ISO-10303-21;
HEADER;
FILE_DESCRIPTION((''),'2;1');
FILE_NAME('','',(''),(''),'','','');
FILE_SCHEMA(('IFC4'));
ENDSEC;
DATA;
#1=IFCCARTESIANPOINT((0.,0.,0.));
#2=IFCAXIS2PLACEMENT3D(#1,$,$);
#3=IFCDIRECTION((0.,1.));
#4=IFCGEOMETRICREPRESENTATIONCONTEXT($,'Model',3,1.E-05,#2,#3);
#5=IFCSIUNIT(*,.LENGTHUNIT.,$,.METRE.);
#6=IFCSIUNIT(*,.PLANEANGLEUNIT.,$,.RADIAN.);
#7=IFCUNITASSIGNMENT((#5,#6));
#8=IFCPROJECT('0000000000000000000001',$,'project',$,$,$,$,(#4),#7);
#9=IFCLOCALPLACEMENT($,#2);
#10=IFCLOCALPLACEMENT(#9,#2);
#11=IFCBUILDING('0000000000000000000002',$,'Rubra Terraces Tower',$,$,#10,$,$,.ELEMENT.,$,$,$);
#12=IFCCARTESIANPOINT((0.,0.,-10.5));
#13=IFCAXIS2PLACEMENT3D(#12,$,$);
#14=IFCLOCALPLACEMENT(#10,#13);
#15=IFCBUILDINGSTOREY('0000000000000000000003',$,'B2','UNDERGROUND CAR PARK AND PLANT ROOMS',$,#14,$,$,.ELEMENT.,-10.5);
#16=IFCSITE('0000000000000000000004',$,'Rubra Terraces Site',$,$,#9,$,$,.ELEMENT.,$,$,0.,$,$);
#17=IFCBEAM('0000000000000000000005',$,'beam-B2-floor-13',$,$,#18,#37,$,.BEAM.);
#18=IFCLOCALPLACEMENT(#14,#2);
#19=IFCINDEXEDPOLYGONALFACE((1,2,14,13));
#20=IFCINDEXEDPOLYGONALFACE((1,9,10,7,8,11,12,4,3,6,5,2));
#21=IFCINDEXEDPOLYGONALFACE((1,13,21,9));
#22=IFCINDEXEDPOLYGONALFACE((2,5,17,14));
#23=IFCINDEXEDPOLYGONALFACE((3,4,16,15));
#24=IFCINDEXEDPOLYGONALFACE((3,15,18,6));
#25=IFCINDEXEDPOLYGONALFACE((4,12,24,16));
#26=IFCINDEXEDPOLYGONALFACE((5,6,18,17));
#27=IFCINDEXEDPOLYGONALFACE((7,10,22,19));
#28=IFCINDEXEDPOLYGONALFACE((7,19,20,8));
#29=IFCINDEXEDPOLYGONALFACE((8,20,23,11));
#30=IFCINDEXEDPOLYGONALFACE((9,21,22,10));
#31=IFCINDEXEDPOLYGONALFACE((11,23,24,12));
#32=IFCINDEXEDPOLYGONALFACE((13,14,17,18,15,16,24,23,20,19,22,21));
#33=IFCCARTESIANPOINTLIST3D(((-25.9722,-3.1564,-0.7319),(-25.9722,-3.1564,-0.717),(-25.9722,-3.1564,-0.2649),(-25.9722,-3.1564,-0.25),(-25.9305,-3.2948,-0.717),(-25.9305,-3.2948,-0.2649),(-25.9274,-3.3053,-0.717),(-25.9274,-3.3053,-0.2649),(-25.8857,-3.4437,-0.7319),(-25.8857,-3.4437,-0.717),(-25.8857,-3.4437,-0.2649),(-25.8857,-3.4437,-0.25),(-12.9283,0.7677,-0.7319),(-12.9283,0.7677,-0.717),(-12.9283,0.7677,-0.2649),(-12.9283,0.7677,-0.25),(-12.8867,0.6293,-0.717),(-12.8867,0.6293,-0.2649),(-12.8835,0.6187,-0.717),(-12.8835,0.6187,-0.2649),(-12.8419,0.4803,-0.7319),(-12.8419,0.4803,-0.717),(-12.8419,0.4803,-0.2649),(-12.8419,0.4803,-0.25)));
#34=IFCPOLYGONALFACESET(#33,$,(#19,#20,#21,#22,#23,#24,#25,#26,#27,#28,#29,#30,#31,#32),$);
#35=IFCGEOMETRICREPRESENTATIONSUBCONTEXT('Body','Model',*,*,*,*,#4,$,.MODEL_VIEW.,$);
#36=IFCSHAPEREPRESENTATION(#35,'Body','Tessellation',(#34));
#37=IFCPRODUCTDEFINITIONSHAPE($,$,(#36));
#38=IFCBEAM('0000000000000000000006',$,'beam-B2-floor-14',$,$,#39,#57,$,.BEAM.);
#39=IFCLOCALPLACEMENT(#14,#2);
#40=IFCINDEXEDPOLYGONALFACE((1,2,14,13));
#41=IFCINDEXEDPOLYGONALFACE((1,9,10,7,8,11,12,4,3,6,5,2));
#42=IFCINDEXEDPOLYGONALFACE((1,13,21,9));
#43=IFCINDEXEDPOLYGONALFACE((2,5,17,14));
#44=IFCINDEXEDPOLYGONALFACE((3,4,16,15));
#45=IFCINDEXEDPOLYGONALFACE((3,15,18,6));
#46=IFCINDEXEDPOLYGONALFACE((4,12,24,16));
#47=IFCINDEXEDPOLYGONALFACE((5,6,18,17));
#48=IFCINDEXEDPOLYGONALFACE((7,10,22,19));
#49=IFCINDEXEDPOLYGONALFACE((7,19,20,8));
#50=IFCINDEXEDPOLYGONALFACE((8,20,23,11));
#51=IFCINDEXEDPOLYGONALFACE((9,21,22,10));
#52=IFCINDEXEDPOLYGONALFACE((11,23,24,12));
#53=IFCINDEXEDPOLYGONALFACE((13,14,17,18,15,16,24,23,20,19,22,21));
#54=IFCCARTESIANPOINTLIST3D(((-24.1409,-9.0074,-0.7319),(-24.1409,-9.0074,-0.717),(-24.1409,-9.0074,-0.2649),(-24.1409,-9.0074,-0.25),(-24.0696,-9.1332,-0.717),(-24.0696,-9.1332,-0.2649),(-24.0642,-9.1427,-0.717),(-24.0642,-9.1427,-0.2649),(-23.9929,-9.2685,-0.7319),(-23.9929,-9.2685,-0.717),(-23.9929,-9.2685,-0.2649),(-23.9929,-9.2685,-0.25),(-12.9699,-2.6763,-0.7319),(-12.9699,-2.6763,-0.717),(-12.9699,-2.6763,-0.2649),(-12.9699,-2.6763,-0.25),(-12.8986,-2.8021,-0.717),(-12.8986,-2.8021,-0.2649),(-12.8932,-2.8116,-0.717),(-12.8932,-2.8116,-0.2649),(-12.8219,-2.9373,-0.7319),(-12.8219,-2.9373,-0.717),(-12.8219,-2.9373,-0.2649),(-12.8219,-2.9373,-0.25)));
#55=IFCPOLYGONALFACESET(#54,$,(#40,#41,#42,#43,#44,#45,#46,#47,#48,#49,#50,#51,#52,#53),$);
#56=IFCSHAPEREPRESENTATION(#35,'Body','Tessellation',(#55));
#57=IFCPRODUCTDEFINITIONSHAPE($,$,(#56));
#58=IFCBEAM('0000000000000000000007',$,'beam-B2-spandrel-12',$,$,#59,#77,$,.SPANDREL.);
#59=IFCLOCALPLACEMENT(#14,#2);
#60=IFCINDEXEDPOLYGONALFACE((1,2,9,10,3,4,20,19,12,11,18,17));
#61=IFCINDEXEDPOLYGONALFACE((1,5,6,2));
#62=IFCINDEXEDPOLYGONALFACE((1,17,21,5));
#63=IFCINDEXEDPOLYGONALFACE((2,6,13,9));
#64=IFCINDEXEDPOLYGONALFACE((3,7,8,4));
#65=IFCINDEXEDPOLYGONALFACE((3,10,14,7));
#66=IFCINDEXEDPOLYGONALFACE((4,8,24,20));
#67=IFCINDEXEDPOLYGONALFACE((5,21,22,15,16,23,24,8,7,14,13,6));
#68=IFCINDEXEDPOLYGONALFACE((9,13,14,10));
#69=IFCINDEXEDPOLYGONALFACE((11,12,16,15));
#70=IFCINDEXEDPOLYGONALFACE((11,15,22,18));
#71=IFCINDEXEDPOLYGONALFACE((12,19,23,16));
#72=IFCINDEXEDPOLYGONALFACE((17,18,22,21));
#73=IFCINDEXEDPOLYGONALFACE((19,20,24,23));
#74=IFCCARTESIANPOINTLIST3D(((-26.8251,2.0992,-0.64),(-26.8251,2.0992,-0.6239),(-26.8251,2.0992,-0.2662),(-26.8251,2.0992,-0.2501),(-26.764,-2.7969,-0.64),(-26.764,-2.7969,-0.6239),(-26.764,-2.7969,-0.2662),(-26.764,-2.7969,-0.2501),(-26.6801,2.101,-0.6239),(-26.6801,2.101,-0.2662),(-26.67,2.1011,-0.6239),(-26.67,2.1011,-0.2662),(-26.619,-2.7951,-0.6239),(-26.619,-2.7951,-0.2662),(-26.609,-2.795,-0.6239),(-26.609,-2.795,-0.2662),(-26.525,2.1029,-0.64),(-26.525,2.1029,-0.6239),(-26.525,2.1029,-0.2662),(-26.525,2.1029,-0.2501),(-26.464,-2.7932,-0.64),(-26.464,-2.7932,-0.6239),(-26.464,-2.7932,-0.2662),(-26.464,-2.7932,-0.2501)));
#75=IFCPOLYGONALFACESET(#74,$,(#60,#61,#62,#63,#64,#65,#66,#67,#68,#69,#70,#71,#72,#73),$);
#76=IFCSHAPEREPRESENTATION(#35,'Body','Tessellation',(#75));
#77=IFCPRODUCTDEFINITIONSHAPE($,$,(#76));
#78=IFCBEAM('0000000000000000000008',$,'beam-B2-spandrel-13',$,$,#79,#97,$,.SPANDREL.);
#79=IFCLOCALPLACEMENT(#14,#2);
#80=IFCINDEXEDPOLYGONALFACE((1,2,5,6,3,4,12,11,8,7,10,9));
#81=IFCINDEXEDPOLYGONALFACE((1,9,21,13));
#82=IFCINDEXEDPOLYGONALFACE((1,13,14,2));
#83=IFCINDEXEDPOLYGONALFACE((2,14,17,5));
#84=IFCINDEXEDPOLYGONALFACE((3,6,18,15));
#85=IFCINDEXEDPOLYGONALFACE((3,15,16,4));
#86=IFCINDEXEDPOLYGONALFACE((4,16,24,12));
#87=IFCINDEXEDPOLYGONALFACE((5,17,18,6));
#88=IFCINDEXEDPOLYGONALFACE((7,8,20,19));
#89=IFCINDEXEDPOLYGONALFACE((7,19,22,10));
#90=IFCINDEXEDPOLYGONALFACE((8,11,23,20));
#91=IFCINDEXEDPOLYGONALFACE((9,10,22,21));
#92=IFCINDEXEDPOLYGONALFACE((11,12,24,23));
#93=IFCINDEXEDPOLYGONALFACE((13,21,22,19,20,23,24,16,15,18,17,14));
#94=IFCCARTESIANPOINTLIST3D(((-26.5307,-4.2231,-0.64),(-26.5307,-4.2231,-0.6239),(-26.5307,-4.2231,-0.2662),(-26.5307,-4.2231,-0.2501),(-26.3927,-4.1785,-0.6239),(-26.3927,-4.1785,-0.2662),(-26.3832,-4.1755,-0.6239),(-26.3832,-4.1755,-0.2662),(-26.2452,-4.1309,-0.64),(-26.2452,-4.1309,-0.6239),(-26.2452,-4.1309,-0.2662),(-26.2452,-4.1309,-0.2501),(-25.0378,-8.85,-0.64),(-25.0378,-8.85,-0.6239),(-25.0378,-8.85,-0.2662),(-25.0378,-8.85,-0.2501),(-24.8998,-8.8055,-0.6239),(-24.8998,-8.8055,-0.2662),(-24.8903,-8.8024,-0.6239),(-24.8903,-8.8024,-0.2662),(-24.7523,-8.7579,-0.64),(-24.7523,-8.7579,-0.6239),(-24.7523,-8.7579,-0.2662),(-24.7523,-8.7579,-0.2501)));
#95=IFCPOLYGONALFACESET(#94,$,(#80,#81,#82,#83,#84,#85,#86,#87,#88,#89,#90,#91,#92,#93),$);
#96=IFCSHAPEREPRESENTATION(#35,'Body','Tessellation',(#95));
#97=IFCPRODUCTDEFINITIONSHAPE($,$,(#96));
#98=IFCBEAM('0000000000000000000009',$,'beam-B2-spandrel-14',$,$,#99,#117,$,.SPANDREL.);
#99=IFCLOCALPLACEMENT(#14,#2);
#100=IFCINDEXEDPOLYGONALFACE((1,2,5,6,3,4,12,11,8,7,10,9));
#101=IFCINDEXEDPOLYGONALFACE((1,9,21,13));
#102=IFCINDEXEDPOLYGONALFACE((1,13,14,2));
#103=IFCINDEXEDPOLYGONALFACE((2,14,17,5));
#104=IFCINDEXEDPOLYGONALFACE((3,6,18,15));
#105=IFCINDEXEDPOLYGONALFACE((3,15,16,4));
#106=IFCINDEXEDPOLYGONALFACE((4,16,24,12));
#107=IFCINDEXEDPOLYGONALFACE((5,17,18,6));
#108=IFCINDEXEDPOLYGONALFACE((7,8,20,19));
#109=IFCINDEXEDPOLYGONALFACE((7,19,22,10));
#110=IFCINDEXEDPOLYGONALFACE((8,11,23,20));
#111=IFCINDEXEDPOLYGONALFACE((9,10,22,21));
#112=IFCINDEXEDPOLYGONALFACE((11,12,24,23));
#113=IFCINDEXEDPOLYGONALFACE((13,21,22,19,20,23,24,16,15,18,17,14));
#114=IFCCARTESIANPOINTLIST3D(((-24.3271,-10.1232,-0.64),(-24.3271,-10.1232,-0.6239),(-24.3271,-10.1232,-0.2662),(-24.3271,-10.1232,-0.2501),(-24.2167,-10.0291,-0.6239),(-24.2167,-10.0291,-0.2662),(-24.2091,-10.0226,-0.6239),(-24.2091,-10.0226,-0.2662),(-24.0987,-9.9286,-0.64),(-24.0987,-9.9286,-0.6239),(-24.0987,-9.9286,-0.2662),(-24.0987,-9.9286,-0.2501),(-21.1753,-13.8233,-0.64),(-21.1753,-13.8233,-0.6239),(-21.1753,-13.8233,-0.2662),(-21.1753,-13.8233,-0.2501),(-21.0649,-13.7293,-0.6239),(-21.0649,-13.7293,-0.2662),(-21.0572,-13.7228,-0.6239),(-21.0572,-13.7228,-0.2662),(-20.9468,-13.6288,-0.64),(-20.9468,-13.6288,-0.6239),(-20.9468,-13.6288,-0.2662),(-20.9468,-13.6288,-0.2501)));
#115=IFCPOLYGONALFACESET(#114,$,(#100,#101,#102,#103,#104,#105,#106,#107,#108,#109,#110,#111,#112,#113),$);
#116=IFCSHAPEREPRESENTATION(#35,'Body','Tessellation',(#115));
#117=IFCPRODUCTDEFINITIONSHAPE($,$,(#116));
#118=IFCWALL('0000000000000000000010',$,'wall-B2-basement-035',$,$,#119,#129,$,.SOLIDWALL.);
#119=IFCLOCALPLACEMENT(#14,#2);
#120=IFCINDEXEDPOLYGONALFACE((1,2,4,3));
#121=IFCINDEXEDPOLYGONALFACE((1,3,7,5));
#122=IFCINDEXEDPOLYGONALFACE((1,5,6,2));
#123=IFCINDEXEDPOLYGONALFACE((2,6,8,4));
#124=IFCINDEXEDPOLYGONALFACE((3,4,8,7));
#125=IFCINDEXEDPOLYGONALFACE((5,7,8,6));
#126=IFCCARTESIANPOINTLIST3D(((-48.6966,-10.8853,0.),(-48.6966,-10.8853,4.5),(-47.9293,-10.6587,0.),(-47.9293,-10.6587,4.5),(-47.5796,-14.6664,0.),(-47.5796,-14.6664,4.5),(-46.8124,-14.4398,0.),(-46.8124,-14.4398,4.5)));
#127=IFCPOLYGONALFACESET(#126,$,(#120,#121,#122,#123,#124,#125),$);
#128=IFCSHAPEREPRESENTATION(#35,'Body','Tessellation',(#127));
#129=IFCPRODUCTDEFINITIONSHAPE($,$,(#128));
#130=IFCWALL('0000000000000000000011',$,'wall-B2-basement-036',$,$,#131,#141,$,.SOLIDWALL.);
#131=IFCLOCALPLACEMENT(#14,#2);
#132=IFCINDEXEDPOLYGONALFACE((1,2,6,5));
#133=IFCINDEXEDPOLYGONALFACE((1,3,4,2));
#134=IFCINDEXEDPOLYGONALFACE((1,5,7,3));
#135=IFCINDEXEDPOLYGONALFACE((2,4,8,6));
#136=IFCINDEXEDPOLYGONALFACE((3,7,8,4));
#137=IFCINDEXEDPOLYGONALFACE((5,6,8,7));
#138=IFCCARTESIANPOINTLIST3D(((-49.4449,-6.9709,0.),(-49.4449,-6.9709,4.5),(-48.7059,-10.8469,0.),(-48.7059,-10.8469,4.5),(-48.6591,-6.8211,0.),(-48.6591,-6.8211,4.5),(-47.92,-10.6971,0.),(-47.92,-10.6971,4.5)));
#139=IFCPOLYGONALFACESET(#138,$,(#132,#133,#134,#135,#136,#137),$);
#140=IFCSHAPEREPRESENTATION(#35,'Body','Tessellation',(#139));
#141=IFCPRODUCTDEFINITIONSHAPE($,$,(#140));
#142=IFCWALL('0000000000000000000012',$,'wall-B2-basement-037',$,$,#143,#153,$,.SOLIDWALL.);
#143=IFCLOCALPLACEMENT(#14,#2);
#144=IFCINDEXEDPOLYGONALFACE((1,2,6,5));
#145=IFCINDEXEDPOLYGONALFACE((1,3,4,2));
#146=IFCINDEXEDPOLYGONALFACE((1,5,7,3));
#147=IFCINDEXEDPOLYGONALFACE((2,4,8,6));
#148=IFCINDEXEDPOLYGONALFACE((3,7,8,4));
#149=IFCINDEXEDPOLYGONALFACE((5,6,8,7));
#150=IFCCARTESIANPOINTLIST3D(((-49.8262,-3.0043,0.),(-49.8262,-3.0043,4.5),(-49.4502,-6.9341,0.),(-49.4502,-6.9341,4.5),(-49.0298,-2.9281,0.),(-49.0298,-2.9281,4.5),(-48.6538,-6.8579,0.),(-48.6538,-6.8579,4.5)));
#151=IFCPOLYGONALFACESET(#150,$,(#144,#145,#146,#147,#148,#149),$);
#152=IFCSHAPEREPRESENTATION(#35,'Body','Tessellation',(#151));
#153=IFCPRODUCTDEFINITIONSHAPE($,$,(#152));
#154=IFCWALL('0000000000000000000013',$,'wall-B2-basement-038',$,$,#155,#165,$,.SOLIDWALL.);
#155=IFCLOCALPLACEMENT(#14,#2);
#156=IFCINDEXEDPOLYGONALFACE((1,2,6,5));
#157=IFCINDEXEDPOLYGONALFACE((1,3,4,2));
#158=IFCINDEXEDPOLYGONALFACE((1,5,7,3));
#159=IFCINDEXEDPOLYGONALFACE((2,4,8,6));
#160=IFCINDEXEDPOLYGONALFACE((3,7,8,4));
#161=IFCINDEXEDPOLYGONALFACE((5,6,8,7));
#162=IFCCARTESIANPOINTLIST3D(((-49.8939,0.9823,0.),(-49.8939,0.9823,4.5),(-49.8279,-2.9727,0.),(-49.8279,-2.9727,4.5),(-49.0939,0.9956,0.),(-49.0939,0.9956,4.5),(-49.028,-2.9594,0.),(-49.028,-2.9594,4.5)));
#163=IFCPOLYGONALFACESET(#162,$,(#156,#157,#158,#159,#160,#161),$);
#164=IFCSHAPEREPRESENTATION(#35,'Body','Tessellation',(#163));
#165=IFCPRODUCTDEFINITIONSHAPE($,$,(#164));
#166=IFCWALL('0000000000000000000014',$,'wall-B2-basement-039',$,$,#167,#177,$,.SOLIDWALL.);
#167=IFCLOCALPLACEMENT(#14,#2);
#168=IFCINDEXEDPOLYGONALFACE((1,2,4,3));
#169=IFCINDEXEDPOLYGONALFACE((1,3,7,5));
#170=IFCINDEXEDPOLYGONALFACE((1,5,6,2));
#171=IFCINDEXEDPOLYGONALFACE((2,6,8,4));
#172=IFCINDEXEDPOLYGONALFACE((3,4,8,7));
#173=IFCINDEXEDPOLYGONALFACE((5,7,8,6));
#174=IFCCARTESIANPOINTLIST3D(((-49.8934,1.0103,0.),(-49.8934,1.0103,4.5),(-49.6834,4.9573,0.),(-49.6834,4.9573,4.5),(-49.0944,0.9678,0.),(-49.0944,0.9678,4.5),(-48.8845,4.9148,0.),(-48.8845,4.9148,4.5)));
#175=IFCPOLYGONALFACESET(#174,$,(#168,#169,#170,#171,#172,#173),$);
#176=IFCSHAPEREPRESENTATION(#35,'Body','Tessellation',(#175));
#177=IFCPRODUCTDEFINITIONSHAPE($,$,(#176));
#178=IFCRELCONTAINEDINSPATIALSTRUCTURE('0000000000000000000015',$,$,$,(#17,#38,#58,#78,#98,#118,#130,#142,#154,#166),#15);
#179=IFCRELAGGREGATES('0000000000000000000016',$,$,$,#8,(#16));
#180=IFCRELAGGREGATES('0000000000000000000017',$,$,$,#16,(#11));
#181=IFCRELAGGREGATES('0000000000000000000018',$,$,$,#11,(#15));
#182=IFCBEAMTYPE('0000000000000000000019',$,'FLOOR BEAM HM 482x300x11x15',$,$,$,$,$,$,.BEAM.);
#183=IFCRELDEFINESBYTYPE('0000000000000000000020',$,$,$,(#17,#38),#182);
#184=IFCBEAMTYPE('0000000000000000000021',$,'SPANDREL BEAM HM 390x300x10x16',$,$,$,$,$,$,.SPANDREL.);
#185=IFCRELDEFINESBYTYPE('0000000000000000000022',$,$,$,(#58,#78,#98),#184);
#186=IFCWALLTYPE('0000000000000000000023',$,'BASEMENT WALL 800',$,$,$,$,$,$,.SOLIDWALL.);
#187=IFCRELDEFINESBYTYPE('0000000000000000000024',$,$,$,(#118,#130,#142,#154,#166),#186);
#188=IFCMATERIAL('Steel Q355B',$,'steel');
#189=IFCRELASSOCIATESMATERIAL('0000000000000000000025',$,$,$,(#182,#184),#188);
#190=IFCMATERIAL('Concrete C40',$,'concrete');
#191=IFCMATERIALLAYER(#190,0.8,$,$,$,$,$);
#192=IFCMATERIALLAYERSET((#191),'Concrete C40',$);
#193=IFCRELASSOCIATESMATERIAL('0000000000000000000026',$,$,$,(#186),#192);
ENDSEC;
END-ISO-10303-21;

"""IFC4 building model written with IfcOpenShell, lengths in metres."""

from ifc_helpers import new_model, si_unit, direction, frame, frame_2d, origin, origin_2d, place, context, subcontext, project, spatial, rectangle, i_section, extrude, material, layer, layer_set, material_profile, profile_set, type_object, element, save


model = new_model("IFC4")

# Units and contexts
model_context = context("Model", 3, precision=1e-05, world=origin(), true_north=direction((0.0, 1.0)))
body_context = subcontext(model_context, "Body", "Model", "MODEL_VIEW")
ifc_project = project(units=[si_unit("LENGTHUNIT", "METRE"), si_unit("PLANEANGLEUNIT", "RADIAN")], contexts=[model_context])

# Site, building, storey
site_placement = place(None, origin())
site = spatial("IfcSite", under=ifc_project, at=site_placement, Name="Rubra Terraces Site", CompositionType="ELEMENT", RefElevation=0.0)
building_placement = place(site_placement, origin())
building = spatial("IfcBuilding", under=site, at=building_placement, Name="Rubra Terraces Tower", CompositionType="ELEMENT")
storey_placement = place(building_placement, frame((0.0, 0.0, -10.5)))
storey = spatial("IfcBuildingStorey", under=building, at=storey_placement, Name="B2", Description="UNDERGROUND CAR PARK AND PLANT ROOMS", CompositionType="ELEMENT", Elevation=-10.5)

# Beams
ifc_material_1 = material(Name="Steel Q355B", Category="steel")
ifc_material_profile_1 = material_profile(ifc_material_1, i_section(OverallWidth=0.3, OverallDepth=0.4819, WebThickness=0.011, FlangeThickness=0.0149, at=origin_2d()), Name="HM 482x300x11x15")
ifc_profile_set_1 = profile_set([ifc_material_profile_1], Name="Steel Q355B")
beam_type_1 = type_object("IfcBeamType", Name="FLOOR BEAM HM 482x300x11x15", PredefinedType="BEAM", material=ifc_profile_set_1)
beam_1_placement = place(storey_placement, frame((-25.929, -3.3, -0.491), z_axis=(0.957606, 0.288081, 0.0), x_axis=(-0.288081, 0.957606, 0.0)))
element("IfcBeam", 1, at=beam_1_placement, inside=storey, type_object=beam_type_1, Name="beam-B2-floor-13", PredefinedType="BEAM", context=body_context, shape_type="SweptSolid", body=[
    extrude(i_section(OverallWidth=0.3, OverallDepth=0.4819, WebThickness=0.011, FlangeThickness=0.0149, at=origin_2d()), origin(), (0.0, 0.0, 1.0), 13.6213),
])
beam_2_placement = place(storey_placement, frame((-24.0669, -9.1379, -0.491), z_axis=(0.869993, 0.493064, 0.0), x_axis=(-0.493064, 0.869993, 0.0)))
element("IfcBeam", 2, at=beam_2_placement, inside=storey, type_object=beam_type_1, Name="beam-B2-floor-14", PredefinedType="BEAM", context=body_context, shape_type="SweptSolid", body=[
    extrude(i_section(OverallWidth=0.3, OverallDepth=0.4819, WebThickness=0.011, FlangeThickness=0.0149, at=origin_2d()), origin(), (0.0, 0.0, 1.0), 12.8403),
])
ifc_material_profile_2 = material_profile(ifc_material_1, i_section(OverallWidth=0.3, OverallDepth=0.3899, WebThickness=0.01, FlangeThickness=0.0161, at=origin_2d()), Name="HM 390x300x10x16")
ifc_profile_set_2 = profile_set([ifc_material_profile_2], Name="Steel Q355B")
beam_type_2 = type_object("IfcBeamType", Name="SPANDREL BEAM HM 390x300x10x16", PredefinedType="SPANDREL", material=ifc_profile_set_2)
beam_3_placement = place(storey_placement, frame((-26.675, 2.1011, -0.4451), z_axis=(0.012465, -0.999922, 0.0), x_axis=(0.999922, 0.012465, 0.0)))
element("IfcBeam", 3, at=beam_3_placement, inside=storey, type_object=beam_type_2, Name="beam-B2-spandrel-12", PredefinedType="SPANDREL", context=body_context, shape_type="SweptSolid", body=[
    extrude(i_section(OverallWidth=0.3, OverallDepth=0.3899, WebThickness=0.01, FlangeThickness=0.0161, at=origin_2d()), origin(), (0.0, 0.0, 1.0), 4.8965),
])
beam_4_placement = place(storey_placement, frame((-26.3879, -4.177, -0.4451), z_axis=(0.307069, -0.951687, 0.0), x_axis=(0.951687, 0.307069, 0.0)))
element("IfcBeam", 4, at=beam_4_placement, inside=storey, type_object=beam_type_2, Name="beam-B2-spandrel-13", PredefinedType="SPANDREL", context=body_context, shape_type="SweptSolid", body=[
    extrude(i_section(OverallWidth=0.3, OverallDepth=0.3899, WebThickness=0.01, FlangeThickness=0.0161, at=origin_2d()), origin(), (0.0, 0.0, 1.0), 4.8618),
])
beam_5_placement = place(storey_placement, frame((-24.2129, -10.0259, -0.4451), z_axis=(0.648447, -0.76126, 0.0), x_axis=(0.76126, 0.648447, 0.0)))
element("IfcBeam", 5, at=beam_5_placement, inside=storey, type_object=beam_type_2, Name="beam-B2-spandrel-14", PredefinedType="SPANDREL", context=body_context, shape_type="SweptSolid", body=[
    extrude(i_section(OverallWidth=0.3, OverallDepth=0.3899, WebThickness=0.01, FlangeThickness=0.0161, at=origin_2d()), origin(), (0.0, 0.0, 1.0), 4.8606),
])

# Walls
ifc_material_2 = material(Name="Concrete C40", Category="concrete")
ifc_layer = layer(ifc_material_2, 0.8)
ifc_layer_set = layer_set([ifc_layer], Name="Concrete C40")
wall_type = type_object("IfcWallType", Name="BASEMENT WALL 800", PredefinedType="SOLIDWALL", material=ifc_layer_set)
wall_1_placement = place(storey_placement, frame((-47.196, -14.553, 0.0), z_axis=(0.0, 0.0, 1.0), x_axis=(-0.283306, 0.95903, 0.0)))
element("IfcWall", 6, at=wall_1_placement, inside=storey, type_object=wall_type, Name="wall-B2-basement-035", PredefinedType="SOLIDWALL", context=body_context, shape_type="SweptSolid", body=[
    extrude(rectangle(XDim=3.9426, YDim=0.8, at=frame_2d((1.9712, 0.0))), origin(), (0.0, 0.0, 1.0), 4.5),
])
wall_2_placement = place(storey_placement, frame((-48.313, -10.772, 0.0), z_axis=(0.0, 0.0, 1.0), x_axis=(-0.187291, 0.982304, 0.0)))
element("IfcWall", 7, at=wall_2_placement, inside=storey, type_object=wall_type, Name="wall-B2-basement-036", PredefinedType="SOLIDWALL", context=body_context, shape_type="SweptSolid", body=[
    extrude(rectangle(XDim=3.9458, YDim=0.8, at=frame_2d((1.9729, 0.0))), origin(), (0.0, 0.0, 1.0), 4.5),
])
wall_3_placement = place(storey_placement, frame((-49.052, -6.896, 0.0), z_axis=(0.0, 0.0, 1.0), x_axis=(-0.095235, 0.995455, 0.0)))
element("IfcWall", 8, at=wall_3_placement, inside=storey, type_object=wall_type, Name="wall-B2-basement-037", PredefinedType="SOLIDWALL", context=body_context, shape_type="SweptSolid", body=[
    extrude(rectangle(XDim=3.9478, YDim=0.8, at=frame_2d((1.9739, 0.0))), origin(), (0.0, 0.0, 1.0), 4.5),
])
wall_4_placement = place(storey_placement, frame((-49.428, -2.9661, 0.0), z_axis=(0.0, 0.0, 1.0), x_axis=(-0.016664, 0.999861, 0.0)))
element("IfcWall", 9, at=wall_4_placement, inside=storey, type_object=wall_type, Name="wall-B2-basement-038", PredefinedType="SOLIDWALL", context=body_context, shape_type="SweptSolid", body=[
    extrude(rectangle(XDim=3.9556, YDim=0.8, at=frame_2d((1.9778, 0.0))), origin(), (0.0, 0.0, 1.0), 4.5),
])
wall_5_placement = place(storey_placement, frame((-49.4939, 0.989, 0.0), z_axis=(0.0, 0.0, 1.0), x_axis=(0.05312, 0.998588, 0.0)))
element("IfcWall", 10, at=wall_5_placement, inside=storey, type_object=wall_type, Name="wall-B2-basement-039", PredefinedType="SOLIDWALL", context=body_context, shape_type="SweptSolid", body=[
    extrude(rectangle(XDim=3.9526, YDim=0.8, at=frame_2d((1.9763, 0.0))), origin(), (0.0, 0.0, 1.0), 4.5),
])

save(model, "model.ifc")
